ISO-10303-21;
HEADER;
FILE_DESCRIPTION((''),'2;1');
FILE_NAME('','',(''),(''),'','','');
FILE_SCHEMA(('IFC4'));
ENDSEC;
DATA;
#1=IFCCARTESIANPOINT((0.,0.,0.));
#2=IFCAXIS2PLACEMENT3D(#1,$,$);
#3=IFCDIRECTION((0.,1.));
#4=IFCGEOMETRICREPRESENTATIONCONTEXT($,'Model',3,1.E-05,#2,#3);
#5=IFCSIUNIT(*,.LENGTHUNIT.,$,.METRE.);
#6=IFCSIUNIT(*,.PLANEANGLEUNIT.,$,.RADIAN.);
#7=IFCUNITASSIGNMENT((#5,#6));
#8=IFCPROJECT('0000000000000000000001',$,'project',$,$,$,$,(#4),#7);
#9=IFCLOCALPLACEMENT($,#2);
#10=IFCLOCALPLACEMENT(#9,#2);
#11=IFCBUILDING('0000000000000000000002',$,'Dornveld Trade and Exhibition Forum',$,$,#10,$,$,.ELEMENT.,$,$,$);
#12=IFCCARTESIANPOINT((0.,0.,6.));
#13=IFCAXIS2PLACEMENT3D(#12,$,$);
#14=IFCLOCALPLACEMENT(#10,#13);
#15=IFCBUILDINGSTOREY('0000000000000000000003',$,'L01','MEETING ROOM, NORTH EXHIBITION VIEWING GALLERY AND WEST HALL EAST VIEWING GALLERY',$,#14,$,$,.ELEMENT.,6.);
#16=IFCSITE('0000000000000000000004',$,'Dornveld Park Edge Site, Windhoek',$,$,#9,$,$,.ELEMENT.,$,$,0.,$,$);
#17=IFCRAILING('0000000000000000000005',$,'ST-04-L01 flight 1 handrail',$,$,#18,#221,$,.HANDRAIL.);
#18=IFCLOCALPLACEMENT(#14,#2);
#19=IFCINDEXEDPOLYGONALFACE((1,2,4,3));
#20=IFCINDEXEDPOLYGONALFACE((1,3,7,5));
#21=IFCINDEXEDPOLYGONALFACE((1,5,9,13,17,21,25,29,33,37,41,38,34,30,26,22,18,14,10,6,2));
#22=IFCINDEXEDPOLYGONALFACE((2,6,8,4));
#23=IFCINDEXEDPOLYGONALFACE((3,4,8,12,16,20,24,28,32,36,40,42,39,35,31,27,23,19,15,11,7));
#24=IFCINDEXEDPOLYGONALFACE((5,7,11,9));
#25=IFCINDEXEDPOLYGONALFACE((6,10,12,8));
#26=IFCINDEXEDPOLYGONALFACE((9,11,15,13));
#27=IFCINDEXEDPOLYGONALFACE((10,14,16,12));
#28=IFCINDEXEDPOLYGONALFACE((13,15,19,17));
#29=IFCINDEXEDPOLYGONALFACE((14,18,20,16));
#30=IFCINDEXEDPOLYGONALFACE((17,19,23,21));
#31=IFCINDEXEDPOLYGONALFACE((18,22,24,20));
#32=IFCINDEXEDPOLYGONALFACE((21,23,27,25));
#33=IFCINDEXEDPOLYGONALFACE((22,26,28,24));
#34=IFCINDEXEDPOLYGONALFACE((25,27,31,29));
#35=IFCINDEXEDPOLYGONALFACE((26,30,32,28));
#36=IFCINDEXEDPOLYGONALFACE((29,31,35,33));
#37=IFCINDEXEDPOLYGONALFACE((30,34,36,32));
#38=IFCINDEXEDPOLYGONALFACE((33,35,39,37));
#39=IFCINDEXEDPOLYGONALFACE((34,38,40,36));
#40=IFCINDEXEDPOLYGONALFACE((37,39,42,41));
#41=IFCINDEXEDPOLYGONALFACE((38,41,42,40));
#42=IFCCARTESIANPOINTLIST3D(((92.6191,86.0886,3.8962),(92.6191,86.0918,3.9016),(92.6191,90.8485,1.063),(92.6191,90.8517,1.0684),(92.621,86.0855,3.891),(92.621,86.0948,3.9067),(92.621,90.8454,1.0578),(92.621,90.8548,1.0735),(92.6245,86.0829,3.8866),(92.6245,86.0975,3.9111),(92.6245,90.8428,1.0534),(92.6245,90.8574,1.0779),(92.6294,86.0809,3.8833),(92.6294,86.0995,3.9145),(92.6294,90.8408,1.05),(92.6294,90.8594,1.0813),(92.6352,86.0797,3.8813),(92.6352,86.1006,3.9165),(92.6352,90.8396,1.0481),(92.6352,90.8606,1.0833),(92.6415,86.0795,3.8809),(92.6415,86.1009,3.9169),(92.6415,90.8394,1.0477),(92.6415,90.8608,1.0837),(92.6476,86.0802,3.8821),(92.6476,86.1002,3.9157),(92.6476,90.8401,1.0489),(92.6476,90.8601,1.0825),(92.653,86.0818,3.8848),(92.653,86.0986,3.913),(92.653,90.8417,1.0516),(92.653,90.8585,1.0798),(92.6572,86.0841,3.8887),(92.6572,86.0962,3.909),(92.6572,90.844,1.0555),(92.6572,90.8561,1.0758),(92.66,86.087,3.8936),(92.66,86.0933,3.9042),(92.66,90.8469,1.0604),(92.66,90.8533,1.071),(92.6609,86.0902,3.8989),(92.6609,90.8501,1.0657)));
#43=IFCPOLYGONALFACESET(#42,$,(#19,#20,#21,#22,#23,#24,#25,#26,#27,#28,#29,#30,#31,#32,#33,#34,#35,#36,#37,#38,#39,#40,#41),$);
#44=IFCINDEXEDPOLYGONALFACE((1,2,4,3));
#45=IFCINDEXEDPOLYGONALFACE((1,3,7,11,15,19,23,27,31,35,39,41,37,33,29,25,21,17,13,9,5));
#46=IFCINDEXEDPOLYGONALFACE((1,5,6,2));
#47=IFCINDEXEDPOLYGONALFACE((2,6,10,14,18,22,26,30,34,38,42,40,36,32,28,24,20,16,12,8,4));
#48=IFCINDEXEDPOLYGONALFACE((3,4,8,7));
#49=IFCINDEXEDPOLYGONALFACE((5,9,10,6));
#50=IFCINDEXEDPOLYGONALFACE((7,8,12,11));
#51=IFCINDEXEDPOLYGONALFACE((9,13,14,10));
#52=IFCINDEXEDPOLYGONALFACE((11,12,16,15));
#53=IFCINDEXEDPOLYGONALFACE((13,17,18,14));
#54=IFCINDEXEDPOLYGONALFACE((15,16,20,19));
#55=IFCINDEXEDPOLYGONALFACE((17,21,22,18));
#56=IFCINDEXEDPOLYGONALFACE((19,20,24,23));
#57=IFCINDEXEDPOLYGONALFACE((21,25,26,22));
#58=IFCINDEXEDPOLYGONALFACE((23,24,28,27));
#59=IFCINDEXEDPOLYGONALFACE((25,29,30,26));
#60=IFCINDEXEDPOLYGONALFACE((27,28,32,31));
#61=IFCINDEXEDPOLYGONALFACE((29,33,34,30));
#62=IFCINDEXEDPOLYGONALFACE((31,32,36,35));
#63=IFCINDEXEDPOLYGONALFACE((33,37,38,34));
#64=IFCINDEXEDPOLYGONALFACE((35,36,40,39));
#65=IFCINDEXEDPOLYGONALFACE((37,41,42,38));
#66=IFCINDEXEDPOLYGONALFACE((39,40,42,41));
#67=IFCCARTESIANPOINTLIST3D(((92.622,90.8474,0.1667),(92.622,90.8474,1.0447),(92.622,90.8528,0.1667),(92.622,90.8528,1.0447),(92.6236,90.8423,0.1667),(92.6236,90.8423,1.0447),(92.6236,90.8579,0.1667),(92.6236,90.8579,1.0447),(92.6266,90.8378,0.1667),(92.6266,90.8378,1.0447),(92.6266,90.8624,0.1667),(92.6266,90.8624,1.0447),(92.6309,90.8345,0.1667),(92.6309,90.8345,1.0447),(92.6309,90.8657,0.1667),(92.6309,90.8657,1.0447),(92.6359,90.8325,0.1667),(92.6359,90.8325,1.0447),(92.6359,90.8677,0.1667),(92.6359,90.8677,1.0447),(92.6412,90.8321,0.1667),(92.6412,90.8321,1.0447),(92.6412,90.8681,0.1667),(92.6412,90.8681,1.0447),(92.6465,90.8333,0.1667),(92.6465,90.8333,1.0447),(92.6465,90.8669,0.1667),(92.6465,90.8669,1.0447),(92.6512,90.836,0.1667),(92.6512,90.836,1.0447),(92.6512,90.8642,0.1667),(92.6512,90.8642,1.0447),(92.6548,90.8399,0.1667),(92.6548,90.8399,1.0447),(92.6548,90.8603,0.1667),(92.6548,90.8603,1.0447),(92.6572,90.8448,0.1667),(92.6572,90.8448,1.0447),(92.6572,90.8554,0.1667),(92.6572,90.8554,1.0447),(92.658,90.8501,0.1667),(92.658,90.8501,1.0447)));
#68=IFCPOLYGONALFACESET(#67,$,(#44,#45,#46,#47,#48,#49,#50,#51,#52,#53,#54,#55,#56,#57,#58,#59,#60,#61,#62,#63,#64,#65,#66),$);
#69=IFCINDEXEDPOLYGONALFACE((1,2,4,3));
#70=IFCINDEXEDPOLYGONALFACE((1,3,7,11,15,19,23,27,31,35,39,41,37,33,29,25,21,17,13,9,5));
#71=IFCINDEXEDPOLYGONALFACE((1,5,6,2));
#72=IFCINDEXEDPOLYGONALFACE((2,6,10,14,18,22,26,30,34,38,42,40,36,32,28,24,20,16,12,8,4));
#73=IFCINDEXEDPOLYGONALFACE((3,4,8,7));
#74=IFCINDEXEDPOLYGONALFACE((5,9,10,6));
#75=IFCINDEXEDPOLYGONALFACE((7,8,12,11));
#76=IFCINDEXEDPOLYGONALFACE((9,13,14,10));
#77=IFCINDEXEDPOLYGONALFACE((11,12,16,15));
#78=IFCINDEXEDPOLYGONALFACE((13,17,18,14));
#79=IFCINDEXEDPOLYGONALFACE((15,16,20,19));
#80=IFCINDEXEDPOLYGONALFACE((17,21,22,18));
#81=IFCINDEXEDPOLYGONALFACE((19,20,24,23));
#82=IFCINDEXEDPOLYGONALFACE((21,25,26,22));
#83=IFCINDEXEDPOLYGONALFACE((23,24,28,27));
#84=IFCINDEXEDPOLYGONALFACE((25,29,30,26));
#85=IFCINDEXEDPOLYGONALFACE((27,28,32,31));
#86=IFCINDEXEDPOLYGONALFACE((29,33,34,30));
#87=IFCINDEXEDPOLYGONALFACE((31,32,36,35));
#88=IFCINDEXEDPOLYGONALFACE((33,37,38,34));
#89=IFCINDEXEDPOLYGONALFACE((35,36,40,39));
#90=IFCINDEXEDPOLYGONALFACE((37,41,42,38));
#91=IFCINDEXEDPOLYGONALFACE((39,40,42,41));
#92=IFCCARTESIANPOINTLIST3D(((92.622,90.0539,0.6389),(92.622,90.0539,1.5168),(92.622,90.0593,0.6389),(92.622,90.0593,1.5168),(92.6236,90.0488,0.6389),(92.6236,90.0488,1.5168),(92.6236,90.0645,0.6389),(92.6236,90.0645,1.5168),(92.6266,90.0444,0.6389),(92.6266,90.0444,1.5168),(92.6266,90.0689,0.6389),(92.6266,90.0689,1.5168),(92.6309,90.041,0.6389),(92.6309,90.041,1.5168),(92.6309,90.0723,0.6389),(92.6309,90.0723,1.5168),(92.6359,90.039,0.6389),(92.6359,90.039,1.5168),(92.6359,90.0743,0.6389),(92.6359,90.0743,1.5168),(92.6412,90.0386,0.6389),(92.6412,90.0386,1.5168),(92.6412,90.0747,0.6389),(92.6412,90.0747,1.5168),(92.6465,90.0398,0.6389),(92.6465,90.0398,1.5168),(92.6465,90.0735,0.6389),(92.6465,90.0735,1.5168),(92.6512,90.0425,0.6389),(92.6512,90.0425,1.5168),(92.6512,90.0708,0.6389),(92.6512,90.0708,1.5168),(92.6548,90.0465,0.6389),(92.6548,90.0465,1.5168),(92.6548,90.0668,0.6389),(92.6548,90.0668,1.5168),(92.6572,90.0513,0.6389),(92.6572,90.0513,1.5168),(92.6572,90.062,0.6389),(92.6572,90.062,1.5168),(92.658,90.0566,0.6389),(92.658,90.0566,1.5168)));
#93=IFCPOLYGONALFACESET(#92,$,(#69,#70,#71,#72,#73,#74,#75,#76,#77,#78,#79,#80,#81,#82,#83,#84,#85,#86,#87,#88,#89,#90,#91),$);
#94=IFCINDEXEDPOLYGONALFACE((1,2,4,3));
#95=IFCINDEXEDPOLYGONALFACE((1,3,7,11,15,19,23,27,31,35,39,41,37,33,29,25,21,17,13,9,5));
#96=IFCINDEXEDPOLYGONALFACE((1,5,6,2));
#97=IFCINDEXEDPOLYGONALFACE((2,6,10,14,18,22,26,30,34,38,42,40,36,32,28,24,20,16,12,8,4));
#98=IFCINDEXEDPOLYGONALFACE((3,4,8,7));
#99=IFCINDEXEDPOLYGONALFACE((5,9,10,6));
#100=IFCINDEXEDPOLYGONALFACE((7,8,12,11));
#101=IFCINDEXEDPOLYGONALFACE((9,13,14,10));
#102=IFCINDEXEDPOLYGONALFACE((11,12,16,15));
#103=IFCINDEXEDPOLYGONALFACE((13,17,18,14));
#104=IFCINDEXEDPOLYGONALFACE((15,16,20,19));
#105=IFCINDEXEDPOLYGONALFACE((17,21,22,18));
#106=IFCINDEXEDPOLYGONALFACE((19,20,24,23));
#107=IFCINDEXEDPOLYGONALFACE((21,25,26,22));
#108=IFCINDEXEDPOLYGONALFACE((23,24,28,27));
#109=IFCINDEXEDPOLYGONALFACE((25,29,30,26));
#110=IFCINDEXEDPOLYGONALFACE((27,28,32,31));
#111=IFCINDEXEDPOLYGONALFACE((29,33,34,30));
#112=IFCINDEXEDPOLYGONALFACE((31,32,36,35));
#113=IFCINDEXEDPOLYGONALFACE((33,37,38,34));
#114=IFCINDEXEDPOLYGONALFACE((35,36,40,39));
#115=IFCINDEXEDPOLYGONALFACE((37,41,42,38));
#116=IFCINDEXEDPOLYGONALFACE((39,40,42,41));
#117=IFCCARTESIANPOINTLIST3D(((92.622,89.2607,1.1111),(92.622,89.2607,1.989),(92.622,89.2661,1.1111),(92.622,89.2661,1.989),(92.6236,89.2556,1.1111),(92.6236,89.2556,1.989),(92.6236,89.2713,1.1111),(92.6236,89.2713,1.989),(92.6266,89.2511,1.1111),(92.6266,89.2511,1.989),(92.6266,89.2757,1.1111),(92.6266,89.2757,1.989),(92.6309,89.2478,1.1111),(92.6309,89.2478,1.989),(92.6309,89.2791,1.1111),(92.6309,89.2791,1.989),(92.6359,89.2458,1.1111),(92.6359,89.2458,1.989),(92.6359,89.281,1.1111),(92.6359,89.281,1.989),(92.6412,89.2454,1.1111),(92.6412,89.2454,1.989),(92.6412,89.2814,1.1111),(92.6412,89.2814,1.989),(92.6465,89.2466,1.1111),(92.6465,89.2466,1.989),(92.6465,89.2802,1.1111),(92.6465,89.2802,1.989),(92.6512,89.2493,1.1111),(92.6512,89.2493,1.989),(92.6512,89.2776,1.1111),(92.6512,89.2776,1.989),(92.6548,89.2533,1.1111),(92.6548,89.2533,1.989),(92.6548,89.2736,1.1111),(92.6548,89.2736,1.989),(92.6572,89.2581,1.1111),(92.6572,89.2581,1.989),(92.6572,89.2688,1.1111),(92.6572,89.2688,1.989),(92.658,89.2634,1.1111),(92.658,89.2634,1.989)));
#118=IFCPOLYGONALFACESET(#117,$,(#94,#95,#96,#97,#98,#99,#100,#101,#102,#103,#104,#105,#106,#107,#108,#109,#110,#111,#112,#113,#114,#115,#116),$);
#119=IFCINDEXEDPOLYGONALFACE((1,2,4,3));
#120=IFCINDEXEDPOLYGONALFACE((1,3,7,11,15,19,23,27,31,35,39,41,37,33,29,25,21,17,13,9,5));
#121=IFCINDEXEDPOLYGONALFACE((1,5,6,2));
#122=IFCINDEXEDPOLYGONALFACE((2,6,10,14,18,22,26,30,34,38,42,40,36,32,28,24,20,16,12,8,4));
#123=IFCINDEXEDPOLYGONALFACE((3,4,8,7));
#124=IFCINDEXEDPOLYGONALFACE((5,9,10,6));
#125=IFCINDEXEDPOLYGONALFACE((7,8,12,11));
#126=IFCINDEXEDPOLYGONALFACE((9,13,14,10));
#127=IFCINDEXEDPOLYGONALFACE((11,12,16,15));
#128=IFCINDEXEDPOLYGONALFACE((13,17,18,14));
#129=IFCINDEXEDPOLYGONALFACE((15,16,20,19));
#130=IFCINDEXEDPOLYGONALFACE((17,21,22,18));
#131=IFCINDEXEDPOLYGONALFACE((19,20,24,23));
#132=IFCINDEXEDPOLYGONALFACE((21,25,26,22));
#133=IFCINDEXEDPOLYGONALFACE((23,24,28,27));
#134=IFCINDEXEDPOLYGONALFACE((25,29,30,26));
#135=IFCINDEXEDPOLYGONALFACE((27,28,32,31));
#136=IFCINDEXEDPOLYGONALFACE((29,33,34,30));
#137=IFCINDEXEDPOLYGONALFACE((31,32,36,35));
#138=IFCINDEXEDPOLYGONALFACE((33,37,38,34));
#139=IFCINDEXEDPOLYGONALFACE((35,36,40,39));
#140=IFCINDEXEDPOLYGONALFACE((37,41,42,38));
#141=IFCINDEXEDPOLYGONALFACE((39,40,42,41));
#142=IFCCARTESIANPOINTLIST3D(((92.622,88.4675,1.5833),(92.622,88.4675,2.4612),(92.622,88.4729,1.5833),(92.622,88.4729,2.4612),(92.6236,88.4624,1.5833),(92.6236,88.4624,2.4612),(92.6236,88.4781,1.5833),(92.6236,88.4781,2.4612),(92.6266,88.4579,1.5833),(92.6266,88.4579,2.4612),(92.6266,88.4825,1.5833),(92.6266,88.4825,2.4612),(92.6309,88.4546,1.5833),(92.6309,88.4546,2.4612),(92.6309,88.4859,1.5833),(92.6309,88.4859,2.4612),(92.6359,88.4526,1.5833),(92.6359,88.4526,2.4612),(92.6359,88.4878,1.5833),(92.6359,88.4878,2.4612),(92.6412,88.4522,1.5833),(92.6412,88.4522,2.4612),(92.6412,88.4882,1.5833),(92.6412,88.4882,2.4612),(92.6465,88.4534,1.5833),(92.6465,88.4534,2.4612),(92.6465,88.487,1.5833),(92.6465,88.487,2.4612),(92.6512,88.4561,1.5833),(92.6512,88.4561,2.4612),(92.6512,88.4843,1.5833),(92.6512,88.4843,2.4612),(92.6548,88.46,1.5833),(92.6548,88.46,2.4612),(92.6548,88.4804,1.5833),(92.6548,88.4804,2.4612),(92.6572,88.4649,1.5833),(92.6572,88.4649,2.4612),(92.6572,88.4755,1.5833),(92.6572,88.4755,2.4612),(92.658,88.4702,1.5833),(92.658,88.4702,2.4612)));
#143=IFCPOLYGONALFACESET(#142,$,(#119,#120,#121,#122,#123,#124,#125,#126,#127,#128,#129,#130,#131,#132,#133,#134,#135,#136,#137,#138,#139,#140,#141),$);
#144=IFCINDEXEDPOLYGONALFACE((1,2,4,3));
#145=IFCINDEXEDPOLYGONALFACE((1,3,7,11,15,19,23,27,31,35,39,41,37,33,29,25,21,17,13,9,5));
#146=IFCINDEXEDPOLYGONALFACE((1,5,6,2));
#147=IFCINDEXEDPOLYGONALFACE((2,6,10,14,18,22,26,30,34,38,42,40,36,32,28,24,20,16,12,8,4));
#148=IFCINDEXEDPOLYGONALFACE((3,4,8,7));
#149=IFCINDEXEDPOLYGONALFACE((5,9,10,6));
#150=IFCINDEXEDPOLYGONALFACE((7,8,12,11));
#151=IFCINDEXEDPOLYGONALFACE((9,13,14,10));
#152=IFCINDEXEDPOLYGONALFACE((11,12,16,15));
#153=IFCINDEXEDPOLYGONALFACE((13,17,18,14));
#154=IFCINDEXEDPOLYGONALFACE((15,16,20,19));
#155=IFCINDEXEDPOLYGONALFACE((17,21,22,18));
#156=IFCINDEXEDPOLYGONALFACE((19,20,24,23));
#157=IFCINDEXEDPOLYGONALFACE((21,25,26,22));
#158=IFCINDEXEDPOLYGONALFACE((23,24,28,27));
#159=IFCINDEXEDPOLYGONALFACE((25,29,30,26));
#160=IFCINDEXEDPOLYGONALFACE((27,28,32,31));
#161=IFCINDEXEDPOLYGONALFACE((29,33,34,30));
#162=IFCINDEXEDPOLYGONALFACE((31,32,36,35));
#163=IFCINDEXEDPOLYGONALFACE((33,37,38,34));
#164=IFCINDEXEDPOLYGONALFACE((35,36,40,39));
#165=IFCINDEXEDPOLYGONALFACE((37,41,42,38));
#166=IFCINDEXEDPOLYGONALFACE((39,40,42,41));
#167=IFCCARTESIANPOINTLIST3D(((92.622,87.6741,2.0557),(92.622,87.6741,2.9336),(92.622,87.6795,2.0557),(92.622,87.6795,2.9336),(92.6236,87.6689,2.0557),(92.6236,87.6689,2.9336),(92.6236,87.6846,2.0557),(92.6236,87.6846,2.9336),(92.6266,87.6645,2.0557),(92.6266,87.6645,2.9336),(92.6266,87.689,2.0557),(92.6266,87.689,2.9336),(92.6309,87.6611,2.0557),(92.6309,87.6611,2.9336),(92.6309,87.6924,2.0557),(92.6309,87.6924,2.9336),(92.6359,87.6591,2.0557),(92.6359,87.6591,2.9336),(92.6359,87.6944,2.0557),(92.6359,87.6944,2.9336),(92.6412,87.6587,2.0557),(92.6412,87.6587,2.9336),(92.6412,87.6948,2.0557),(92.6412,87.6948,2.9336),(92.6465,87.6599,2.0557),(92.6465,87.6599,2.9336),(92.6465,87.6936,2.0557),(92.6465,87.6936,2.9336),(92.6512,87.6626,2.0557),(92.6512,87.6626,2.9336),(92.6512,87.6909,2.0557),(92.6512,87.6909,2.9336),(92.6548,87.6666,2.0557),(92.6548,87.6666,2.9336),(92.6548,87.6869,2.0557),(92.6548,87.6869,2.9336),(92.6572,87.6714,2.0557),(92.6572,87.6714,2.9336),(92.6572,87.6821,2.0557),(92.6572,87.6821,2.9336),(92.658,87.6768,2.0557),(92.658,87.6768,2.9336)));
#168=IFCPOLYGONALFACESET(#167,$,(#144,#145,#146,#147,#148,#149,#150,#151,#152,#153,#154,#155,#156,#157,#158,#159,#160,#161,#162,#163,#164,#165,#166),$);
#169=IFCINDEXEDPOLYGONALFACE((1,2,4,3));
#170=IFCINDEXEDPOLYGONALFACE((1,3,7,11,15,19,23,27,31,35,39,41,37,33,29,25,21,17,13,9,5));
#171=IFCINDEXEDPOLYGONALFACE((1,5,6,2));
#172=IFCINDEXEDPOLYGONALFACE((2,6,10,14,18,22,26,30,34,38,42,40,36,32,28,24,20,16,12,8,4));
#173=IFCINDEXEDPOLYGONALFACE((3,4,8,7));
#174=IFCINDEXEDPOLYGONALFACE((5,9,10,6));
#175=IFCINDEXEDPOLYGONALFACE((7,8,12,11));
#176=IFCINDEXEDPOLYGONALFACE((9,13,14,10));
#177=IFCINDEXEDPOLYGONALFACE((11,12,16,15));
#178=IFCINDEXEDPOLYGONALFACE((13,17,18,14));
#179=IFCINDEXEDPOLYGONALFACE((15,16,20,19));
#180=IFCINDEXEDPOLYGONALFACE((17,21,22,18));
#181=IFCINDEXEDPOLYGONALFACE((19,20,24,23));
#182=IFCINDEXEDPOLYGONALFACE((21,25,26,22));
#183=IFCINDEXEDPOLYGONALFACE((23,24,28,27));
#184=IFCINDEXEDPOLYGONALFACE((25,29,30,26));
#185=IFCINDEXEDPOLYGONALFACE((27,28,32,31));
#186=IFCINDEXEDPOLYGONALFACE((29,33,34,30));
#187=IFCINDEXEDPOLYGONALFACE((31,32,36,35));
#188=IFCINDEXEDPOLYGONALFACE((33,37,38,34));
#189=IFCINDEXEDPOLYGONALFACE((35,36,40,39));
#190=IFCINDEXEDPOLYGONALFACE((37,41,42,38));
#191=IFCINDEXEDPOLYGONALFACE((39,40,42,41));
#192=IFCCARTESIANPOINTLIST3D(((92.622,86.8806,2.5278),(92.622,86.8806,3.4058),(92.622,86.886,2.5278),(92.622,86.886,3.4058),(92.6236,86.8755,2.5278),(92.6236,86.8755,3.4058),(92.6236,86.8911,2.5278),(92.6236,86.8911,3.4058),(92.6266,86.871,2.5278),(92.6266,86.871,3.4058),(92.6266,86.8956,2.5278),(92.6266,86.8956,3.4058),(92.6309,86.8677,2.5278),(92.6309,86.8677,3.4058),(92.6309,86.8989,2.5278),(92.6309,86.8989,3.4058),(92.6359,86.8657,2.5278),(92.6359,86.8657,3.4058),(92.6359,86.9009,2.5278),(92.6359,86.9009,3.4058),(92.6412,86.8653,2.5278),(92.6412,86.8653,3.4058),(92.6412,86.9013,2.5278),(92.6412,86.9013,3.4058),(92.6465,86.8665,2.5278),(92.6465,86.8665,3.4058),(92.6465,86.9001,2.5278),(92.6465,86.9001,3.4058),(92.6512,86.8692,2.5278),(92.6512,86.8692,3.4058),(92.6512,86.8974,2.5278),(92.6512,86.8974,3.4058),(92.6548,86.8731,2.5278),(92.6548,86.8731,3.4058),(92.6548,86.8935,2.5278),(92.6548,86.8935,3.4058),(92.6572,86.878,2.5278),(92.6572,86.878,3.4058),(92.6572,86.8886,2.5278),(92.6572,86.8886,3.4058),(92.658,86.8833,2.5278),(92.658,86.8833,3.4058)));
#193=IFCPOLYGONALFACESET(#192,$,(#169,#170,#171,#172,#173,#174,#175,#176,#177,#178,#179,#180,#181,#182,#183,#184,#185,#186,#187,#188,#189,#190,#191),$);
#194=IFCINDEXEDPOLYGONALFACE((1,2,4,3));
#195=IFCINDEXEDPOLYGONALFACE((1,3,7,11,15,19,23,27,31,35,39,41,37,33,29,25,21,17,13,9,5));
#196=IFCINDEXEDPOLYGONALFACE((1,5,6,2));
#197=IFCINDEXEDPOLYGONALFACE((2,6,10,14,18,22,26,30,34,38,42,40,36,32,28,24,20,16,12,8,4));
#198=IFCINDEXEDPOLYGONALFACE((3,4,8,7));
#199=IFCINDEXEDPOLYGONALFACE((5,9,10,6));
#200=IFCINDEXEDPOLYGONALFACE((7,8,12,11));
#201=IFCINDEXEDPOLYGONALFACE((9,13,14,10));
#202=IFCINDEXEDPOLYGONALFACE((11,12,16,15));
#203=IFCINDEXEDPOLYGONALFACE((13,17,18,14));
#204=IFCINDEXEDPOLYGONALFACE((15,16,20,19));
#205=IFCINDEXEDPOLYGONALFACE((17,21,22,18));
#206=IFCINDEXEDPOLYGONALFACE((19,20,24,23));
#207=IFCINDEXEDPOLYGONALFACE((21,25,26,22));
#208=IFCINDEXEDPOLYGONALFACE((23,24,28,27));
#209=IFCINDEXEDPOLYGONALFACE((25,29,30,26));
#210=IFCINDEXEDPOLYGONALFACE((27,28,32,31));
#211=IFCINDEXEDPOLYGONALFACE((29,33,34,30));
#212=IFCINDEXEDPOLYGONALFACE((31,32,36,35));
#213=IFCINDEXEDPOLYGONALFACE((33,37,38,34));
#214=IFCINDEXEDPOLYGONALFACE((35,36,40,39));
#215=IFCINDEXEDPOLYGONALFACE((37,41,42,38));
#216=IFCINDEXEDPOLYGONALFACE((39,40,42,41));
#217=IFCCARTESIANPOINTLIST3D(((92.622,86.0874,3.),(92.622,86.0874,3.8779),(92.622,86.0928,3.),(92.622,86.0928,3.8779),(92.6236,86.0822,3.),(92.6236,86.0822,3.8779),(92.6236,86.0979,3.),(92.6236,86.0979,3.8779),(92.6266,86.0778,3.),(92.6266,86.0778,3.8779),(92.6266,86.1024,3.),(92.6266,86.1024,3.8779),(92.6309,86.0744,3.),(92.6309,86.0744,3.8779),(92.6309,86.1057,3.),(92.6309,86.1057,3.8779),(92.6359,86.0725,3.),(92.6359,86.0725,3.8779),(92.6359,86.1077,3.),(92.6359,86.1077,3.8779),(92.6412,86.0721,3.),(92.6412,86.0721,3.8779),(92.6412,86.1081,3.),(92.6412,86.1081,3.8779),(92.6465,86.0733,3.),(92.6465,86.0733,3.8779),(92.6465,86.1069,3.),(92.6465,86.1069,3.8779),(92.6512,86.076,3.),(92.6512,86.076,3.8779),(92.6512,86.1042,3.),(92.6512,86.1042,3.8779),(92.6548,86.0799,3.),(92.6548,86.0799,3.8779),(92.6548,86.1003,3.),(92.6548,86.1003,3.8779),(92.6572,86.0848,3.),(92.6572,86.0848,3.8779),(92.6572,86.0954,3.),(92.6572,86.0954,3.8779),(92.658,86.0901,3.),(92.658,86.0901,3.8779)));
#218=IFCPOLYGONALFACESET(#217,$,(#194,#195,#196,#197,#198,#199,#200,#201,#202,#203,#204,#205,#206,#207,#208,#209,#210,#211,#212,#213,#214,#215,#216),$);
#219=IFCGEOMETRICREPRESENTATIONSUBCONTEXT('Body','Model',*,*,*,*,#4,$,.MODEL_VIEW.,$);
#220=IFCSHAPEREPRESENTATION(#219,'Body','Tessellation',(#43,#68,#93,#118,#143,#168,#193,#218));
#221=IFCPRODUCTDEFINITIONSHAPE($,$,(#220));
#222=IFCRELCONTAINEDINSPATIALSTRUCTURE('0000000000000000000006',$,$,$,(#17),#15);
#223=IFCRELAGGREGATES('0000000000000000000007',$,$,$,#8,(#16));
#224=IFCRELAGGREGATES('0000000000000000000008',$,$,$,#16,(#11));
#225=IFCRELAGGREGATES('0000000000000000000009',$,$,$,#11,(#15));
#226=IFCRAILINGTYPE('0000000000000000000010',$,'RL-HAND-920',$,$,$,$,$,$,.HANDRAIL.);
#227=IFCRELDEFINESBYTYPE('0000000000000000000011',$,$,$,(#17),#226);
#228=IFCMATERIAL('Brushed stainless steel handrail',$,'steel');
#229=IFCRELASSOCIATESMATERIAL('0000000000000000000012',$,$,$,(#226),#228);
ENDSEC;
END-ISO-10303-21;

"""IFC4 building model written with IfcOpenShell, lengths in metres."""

from ifc_helpers import new_model, si_unit, direction, frame, origin, origin_2d, place, context, subcontext, project, spatial, circle, extrude, material, type_object, element, save


model = new_model("IFC4")

# Units and contexts
model_context = context("Model", 3, precision=1e-05, world=origin(), true_north=direction((0.0, 1.0)))
body_context = subcontext(model_context, "Body", "Model", "MODEL_VIEW")
ifc_project = project(units=[si_unit("LENGTHUNIT", "METRE"), si_unit("PLANEANGLEUNIT", "RADIAN")], contexts=[model_context])

# Site, building, storey
site_placement = place(None, origin())
site = spatial("IfcSite", under=ifc_project, at=site_placement, Name="Dornveld Park Edge Site, Windhoek", CompositionType="ELEMENT", RefElevation=0.0)
building_placement = place(site_placement, origin())
building = spatial("IfcBuilding", under=site, at=building_placement, Name="Dornveld Trade and Exhibition Forum", CompositionType="ELEMENT")
storey_placement = place(building_placement, frame((0.0, 0.0, 6.0)))
storey = spatial("IfcBuildingStorey", under=building, at=storey_placement, Name="L01", Description="MEETING ROOM, NORTH EXHIBITION VIEWING GALLERY AND WEST HALL EAST VIEWING GALLERY", CompositionType="ELEMENT", Elevation=6.0)

# Railing
ifc_material_1 = material(Name="Brushed stainless steel handrail", Category="steel")
railing_type_1 = type_object("IfcRailingType", Name="RL-HAND-920", PredefinedType="HANDRAIL", material=ifc_material_1)
railing_1_placement = place(storey_placement, frame((92.6399, 90.8501, 0.1667)))
element("IfcRailing", 1, at=railing_1_placement, inside=storey, type_object=railing_type_1, Name="ST-04-L01 flight 1 handrail", PredefinedType="HANDRAIL", context=body_context, shape_type="SweptSolid", body=[
    extrude(circle(Radius=0.021, at=origin_2d()), frame((0.0, 0.0, 0.8989), z_axis=(0.0, -0.8593, 0.511472), x_axis=(1.0, 0.0, 0.0)), (0.0, 0.0, 1.0), 5.5393),
    extrude(circle(Radius=0.0181, at=origin_2d()), origin(), (0.0, 0.0, 1.0), 0.8779),
    extrude(circle(Radius=0.0181, at=origin_2d()), frame((0.0, -0.7935, 0.4722)), (0.0, 0.0, 1.0), 0.8779),
    extrude(circle(Radius=0.0181, at=origin_2d()), frame((0.0, -1.5867, 0.9443)), (0.0, 0.0, 1.0), 0.8779),
    extrude(circle(Radius=0.0181, at=origin_2d()), frame((0.0, -2.3799, 1.4165)), (0.0, 0.0, 1.0), 0.8779),
    extrude(circle(Radius=0.0181, at=origin_2d()), frame((0.0, -3.1733, 1.8889)), (0.0, 0.0, 1.0), 0.8779),
    extrude(circle(Radius=0.0181, at=origin_2d()), frame((0.0, -3.9668, 2.3611)), (0.0, 0.0, 1.0), 0.8779),
    extrude(circle(Radius=0.0181, at=origin_2d()), frame((0.0, -4.76, 2.8333)), (0.0, 0.0, 1.0), 0.8779),
])

save(model, "model.ifc")
